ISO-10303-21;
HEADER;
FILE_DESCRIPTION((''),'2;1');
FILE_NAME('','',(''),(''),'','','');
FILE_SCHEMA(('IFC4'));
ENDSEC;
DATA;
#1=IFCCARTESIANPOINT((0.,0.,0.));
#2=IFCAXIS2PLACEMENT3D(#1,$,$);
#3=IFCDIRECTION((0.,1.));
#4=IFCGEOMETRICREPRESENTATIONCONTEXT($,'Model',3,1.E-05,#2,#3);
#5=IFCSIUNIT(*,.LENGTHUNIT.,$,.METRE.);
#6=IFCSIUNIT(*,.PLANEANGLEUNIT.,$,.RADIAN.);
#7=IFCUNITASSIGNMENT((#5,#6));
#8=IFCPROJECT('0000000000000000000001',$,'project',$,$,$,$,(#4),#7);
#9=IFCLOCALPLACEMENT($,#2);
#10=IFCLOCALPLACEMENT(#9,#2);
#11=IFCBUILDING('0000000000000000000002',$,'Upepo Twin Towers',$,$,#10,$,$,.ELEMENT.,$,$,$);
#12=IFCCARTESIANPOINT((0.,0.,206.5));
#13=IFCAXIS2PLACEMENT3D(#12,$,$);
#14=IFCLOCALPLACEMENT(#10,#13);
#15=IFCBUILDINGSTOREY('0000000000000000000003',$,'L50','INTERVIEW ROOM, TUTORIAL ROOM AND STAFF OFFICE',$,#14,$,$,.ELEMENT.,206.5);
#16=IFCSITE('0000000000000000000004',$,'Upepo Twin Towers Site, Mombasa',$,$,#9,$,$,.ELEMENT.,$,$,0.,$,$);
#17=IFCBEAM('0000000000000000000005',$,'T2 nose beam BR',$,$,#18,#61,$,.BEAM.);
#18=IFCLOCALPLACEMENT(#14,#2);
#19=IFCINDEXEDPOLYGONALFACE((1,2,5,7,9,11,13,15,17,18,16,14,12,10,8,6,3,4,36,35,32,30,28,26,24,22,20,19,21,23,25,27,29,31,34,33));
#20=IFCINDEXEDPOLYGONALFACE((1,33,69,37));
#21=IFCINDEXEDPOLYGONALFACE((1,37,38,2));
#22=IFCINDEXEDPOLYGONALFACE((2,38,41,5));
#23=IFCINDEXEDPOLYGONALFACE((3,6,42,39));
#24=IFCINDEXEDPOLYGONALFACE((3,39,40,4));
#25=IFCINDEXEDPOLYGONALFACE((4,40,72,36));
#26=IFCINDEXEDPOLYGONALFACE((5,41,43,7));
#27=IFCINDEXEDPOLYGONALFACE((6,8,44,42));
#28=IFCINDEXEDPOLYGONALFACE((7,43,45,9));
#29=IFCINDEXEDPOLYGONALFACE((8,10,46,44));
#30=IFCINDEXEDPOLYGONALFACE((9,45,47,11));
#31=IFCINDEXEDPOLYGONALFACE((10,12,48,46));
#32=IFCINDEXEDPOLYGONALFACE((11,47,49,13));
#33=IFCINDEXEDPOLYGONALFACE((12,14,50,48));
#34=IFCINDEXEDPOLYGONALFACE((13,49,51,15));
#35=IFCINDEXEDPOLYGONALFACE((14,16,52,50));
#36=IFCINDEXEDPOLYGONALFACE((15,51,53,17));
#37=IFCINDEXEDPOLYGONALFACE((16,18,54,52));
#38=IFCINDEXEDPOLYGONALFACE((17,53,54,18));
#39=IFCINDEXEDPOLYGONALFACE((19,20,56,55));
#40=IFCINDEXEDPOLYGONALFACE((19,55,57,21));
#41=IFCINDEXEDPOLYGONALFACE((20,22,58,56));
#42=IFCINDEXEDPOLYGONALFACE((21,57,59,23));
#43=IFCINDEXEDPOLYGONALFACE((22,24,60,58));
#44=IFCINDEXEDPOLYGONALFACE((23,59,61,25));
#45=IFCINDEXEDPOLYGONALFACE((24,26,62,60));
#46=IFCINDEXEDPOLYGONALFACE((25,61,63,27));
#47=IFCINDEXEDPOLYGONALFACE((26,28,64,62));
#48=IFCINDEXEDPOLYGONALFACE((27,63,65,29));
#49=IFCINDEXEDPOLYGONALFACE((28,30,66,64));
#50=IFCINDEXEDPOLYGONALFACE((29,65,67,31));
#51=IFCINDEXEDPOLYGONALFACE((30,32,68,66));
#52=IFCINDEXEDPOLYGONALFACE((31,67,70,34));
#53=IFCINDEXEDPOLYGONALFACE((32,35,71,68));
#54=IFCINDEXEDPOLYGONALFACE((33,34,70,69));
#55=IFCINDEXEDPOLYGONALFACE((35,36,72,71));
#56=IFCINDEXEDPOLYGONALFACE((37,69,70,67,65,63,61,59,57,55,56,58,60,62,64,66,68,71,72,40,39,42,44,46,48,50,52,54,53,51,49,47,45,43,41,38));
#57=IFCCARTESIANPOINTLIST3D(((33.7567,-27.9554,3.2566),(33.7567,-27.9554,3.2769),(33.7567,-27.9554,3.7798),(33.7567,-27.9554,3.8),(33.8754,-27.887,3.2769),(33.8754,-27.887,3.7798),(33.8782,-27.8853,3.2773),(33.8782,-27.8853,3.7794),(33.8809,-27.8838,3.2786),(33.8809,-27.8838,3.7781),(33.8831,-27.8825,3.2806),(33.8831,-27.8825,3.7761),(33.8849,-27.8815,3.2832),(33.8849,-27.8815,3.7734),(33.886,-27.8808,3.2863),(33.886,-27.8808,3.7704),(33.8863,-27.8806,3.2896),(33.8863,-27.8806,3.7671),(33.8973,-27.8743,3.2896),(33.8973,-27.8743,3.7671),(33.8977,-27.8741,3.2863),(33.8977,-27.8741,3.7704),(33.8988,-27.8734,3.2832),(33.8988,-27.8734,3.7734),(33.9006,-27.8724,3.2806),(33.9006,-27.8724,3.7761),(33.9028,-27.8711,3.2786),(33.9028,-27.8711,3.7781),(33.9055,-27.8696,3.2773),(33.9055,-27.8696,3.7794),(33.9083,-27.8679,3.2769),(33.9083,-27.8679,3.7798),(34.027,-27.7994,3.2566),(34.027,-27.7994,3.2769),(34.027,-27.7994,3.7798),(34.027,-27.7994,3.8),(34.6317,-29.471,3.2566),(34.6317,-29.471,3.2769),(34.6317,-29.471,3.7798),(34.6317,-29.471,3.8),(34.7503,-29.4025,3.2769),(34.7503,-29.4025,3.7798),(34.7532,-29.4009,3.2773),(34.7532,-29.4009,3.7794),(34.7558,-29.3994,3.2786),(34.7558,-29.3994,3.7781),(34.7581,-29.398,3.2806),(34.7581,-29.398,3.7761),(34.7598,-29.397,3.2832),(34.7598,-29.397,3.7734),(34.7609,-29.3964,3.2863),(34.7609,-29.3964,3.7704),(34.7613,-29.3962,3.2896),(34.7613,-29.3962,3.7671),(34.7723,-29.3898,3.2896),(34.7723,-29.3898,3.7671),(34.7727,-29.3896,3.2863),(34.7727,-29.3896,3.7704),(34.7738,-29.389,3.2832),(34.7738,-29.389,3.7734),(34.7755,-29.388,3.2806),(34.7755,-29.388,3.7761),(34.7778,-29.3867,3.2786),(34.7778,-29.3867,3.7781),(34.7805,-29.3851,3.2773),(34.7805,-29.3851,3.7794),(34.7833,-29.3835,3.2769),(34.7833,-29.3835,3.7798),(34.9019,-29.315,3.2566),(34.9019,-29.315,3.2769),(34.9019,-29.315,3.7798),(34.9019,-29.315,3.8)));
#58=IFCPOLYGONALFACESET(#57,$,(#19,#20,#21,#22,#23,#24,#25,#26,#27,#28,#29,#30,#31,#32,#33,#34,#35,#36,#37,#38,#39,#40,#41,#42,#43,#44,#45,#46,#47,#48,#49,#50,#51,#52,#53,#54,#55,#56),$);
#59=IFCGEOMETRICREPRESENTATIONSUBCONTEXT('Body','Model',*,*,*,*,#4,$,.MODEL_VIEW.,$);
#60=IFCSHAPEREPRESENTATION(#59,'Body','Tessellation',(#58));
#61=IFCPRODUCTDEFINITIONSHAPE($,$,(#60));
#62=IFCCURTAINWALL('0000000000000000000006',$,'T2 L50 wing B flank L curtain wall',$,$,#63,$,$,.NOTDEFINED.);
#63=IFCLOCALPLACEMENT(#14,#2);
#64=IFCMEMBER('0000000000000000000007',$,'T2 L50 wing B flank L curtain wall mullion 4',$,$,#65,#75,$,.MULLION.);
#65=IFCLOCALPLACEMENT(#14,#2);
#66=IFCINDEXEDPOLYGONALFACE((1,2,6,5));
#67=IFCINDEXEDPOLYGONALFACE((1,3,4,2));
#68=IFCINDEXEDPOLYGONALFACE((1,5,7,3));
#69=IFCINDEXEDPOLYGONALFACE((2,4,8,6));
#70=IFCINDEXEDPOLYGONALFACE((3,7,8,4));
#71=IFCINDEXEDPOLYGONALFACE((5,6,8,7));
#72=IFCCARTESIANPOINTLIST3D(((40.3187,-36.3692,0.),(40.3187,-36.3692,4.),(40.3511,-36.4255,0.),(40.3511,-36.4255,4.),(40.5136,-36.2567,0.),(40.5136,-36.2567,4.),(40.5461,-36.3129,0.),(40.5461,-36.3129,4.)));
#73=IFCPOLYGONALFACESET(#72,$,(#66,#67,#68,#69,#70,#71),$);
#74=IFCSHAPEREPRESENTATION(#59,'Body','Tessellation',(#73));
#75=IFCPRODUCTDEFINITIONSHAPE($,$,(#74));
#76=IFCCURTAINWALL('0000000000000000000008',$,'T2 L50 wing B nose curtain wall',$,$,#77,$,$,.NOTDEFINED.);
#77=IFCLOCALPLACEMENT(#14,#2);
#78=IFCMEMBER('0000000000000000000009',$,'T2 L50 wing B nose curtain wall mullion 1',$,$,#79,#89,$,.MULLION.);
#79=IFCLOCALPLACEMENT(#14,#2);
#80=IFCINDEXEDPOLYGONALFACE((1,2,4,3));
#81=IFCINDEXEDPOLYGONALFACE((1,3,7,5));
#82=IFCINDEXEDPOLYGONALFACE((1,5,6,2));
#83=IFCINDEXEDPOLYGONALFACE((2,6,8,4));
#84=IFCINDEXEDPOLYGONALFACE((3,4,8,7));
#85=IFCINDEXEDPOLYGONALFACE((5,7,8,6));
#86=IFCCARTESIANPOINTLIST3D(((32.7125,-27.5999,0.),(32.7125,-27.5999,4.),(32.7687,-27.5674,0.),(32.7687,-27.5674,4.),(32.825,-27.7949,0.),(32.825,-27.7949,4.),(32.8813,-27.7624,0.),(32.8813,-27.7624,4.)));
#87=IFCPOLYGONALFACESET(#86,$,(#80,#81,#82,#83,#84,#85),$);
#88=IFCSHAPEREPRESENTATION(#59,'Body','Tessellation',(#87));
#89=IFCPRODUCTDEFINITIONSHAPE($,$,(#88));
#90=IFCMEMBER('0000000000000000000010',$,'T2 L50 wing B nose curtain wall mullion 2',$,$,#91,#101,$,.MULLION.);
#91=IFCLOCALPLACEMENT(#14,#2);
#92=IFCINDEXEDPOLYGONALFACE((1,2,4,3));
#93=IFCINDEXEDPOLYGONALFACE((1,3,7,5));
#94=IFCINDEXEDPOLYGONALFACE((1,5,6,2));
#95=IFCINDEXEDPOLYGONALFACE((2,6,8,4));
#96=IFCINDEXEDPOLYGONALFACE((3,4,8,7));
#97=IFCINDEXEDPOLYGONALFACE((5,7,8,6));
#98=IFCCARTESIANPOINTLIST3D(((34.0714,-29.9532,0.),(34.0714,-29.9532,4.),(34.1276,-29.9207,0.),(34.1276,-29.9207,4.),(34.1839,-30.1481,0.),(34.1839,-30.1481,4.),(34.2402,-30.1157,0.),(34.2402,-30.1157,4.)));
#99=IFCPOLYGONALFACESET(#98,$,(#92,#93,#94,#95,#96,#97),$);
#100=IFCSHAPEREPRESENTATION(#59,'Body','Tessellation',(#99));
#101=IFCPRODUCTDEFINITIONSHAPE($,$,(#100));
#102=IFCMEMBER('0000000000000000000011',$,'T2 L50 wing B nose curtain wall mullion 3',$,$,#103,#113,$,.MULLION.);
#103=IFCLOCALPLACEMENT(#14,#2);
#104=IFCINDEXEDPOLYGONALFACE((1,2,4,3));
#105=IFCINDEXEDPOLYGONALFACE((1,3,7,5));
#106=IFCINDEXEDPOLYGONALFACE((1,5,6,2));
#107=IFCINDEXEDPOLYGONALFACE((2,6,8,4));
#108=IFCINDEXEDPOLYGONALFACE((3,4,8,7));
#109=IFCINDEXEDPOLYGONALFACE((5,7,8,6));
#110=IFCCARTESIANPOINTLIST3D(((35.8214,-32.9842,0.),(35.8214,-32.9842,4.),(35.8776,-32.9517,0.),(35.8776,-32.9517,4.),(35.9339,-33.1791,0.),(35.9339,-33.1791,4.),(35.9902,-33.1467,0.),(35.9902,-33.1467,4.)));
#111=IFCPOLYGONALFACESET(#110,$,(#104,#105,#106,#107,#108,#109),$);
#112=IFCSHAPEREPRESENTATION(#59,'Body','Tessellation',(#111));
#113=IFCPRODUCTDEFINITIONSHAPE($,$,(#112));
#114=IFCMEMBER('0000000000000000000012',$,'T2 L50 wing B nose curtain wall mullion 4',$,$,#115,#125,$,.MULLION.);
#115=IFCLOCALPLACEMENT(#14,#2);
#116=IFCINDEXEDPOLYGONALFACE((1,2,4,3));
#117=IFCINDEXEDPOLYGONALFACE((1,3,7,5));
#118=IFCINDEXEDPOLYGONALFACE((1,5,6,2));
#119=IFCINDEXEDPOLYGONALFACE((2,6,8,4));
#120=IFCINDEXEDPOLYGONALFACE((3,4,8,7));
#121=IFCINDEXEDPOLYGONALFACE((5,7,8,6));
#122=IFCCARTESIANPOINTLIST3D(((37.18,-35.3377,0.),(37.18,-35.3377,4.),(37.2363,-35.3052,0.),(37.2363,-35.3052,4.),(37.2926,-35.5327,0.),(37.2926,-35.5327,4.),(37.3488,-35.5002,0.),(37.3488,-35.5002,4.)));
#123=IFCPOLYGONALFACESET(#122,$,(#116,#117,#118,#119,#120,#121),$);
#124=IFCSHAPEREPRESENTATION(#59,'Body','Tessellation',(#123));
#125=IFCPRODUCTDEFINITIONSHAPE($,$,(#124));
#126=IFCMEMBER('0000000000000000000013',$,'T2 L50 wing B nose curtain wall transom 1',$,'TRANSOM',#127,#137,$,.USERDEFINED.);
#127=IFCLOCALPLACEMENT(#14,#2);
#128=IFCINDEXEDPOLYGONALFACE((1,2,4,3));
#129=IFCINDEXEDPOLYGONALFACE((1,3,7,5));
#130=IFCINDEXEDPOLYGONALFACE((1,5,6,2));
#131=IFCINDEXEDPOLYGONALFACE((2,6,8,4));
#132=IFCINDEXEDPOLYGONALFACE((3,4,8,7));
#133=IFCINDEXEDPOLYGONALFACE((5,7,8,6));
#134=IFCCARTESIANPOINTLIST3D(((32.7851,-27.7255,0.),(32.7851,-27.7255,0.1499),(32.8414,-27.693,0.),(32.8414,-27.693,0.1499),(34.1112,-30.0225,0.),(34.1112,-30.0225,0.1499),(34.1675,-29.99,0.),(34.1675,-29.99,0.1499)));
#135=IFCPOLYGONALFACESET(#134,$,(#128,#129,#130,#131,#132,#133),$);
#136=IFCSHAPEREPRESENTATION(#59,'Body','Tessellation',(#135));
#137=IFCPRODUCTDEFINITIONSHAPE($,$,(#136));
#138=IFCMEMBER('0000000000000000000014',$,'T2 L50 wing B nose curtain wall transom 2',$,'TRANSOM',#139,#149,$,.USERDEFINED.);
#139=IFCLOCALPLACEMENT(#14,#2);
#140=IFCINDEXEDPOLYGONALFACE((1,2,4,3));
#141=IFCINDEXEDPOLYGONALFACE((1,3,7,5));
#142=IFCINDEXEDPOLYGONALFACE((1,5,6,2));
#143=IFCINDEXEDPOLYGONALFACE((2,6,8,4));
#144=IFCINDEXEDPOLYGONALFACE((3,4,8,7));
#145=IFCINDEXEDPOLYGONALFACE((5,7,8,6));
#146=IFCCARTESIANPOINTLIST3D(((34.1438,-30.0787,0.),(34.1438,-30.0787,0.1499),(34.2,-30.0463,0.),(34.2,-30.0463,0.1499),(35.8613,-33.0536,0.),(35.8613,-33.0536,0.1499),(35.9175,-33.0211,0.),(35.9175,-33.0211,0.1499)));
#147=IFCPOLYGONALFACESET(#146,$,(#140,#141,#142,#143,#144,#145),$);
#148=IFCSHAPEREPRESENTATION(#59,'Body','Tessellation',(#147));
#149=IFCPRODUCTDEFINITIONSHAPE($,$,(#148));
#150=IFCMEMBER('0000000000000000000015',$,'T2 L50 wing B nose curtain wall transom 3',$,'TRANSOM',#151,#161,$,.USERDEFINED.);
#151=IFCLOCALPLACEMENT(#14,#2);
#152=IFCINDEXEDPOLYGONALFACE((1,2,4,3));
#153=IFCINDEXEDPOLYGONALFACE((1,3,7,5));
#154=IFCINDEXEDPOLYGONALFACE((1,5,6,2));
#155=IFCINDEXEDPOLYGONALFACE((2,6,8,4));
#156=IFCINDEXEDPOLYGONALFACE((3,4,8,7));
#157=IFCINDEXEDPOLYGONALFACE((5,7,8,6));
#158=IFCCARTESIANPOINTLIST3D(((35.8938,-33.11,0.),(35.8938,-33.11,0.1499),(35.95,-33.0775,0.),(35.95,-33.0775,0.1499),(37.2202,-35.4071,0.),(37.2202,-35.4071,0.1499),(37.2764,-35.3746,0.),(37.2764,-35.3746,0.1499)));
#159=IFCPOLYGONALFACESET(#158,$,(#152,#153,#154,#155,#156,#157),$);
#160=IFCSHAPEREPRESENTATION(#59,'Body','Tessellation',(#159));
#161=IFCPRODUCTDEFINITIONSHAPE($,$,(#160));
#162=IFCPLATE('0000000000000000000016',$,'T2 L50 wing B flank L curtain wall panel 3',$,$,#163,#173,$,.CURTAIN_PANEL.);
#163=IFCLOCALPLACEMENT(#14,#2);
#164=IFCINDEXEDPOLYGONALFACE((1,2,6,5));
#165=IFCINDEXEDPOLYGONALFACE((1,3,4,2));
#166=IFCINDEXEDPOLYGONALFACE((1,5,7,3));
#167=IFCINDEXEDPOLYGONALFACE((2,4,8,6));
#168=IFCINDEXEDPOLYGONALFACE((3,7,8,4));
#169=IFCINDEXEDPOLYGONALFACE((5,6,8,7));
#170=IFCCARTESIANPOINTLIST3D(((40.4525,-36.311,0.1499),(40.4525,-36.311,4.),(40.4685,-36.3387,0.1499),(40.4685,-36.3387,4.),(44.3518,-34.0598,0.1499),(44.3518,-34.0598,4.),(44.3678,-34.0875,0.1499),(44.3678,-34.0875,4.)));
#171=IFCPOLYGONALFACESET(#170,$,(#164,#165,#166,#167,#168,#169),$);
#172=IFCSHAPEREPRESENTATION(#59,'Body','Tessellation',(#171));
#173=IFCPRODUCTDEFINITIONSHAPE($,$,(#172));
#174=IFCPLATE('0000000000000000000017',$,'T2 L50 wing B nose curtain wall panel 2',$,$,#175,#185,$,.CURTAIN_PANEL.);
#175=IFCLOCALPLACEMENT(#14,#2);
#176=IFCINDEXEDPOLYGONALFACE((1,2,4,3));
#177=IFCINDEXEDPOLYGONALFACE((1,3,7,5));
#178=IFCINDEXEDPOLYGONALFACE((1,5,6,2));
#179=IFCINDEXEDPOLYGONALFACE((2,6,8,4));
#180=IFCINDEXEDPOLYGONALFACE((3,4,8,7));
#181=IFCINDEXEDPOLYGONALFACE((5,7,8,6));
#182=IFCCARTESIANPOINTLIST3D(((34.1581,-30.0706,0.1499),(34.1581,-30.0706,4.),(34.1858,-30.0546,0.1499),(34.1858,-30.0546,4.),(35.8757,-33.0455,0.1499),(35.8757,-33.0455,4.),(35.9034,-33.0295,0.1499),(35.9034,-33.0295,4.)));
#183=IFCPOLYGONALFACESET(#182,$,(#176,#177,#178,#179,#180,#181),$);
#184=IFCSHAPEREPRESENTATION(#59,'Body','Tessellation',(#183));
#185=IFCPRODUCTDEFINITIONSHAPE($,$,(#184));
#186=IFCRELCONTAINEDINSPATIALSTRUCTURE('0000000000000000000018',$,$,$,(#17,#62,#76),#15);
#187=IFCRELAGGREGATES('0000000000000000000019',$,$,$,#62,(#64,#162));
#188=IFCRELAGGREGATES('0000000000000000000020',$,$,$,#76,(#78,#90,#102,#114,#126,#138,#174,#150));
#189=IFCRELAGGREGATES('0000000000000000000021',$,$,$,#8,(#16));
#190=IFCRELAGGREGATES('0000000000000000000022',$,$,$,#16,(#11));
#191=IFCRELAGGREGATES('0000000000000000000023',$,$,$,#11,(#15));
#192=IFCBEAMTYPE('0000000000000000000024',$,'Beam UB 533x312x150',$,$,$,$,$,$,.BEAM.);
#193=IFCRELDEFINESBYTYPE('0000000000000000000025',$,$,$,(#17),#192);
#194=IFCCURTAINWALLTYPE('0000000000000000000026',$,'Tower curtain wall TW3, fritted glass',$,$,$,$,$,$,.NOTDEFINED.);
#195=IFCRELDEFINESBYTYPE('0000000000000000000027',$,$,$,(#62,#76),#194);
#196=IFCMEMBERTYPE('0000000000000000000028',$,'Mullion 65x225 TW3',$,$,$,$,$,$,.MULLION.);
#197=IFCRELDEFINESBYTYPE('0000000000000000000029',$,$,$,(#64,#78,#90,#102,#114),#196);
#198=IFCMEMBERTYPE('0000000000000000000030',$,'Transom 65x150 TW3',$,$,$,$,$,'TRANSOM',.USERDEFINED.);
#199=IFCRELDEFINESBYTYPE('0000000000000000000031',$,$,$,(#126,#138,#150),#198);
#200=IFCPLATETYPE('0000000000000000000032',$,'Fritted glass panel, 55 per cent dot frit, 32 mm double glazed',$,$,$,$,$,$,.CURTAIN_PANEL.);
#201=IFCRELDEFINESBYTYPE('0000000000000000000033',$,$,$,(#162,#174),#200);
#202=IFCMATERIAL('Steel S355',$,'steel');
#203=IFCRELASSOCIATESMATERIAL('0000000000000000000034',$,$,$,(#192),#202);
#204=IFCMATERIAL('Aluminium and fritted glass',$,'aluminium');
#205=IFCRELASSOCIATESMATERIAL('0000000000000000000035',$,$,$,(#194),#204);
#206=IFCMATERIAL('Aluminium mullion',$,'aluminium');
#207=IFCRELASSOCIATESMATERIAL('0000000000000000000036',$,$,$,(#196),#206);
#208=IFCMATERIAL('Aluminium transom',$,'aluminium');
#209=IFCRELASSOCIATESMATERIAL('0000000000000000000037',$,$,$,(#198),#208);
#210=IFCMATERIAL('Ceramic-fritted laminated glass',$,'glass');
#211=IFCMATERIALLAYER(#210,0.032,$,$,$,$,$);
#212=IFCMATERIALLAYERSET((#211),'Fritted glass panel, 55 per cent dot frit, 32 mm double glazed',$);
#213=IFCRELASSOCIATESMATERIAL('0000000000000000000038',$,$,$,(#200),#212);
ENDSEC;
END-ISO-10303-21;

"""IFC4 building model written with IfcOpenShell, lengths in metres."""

from ifc_helpers import new_model, si_unit, direction, frame, origin, origin_2d, place, context, subcontext, project, spatial, rectangle, i_section, extrude, material, layer, layer_set, material_profile, profile_set, type_object, element, aggregate, save


model = new_model("IFC4")

# Units and contexts
model_context = context("Model", 3, precision=1e-05, world=origin(), true_north=direction((0.0, 1.0)))
body_context = subcontext(model_context, "Body", "Model", "MODEL_VIEW")
ifc_project = project(units=[si_unit("LENGTHUNIT", "METRE"), si_unit("PLANEANGLEUNIT", "RADIAN")], contexts=[model_context])

# Site, building, storey
site_placement = place(None, origin())
site = spatial("IfcSite", under=ifc_project, at=site_placement, Name="Upepo Twin Towers Site, Mombasa", CompositionType="ELEMENT", RefElevation=0.0)
building_placement = place(site_placement, origin())
building = spatial("IfcBuilding", under=site, at=building_placement, Name="Upepo Twin Towers", CompositionType="ELEMENT")
storey_placement = place(building_placement, frame((0.0, 0.0, 206.5)))
storey = spatial("IfcBuildingStorey", under=building, at=storey_placement, Name="L50", Description="INTERVIEW ROOM, TUTORIAL ROOM AND STAFF OFFICE", CompositionType="ELEMENT", Elevation=206.5)

# Beam
ifc_material_1 = material(Name="Steel S355", Category="steel")
ifc_material_profile_1 = material_profile(ifc_material_1, i_section(OverallWidth=0.312, OverallDepth=0.5435, WebThickness=0.0127, FlangeThickness=0.0203, FilletRadius=0.0127, at=origin_2d()), Name="UB 533x312x150")
ifc_profile_set_1 = profile_set([ifc_material_profile_1], Name="Steel S355")
beam_type_1 = type_object("IfcBeamType", Name="Beam UB 533x312x150", PredefinedType="BEAM", material=ifc_profile_set_1)
for number, where, z_axis, x_axis, name in (
    (1, (33.8918, -27.8774, 3.5283), (0.49998, -0.866037, 0.0), (0.866037, 0.49998, 0.0), "T2 nose beam BR"),
):
    element("IfcBeam", number, at=place(storey_placement, frame(where, z_axis=z_axis, x_axis=x_axis)), inside=storey, type_object=beam_type_1, Name=name, PredefinedType="BEAM", context=body_context, shape_type="SweptSolid", body=[
        extrude(i_section(OverallWidth=0.312, OverallDepth=0.5435, WebThickness=0.0127, FlangeThickness=0.0203, FilletRadius=0.0127, at=origin_2d()), origin(), (0.0, 0.0, 1.0), 1.75),
    ])

# Curtain wall, member
ifc_material_2 = material(Name="Aluminium and fritted glass", Category="aluminium")
curtain_wall_type = type_object("IfcCurtainWallType", Name="Tower curtain wall TW3, fritted glass", PredefinedType="NOTDEFINED", material=ifc_material_2)
curtain_wall_1_placement = place(storey_placement, origin())
curtain_wall_1 = element("IfcCurtainWall", 2, at=curtain_wall_1_placement, inside=storey, type_object=curtain_wall_type, Name="T2 L50 wing B flank L curtain wall", PredefinedType="NOTDEFINED")
ifc_material_3 = material(Name="Aluminium mullion", Category="aluminium")
ifc_material_profile_2 = material_profile(ifc_material_3, rectangle(XDim=0.0649, YDim=0.2251, at=origin_2d()), Name="MULLION 65x225")
ifc_profile_set_2 = profile_set([ifc_material_profile_2], Name="Aluminium mullion")
member_type_1 = type_object("IfcMemberType", Name="Mullion 65x225 TW3", PredefinedType="MULLION", material=ifc_profile_set_2)
member_1_placement = place(storey_placement, frame((40.4324, -36.3411, 0.0), z_axis=(0.0, 0.0, 1.0), x_axis=(0.5, -0.866025, 0.0)))
member_1 = element("IfcMember", 3, at=member_1_placement, type_object=member_type_1, Name="T2 L50 wing B flank L curtain wall mullion 4", PredefinedType="MULLION", context=body_context, shape_type="SweptSolid", body=[
    extrude(rectangle(XDim=0.0649, YDim=0.2251, at=origin_2d()), origin(), (0.0, 0.0, 1.0), 4.0),
])

# Curtain wall, members
curtain_wall_2_placement = place(storey_placement, origin())
curtain_wall_2 = element("IfcCurtainWall", 4, at=curtain_wall_2_placement, inside=storey, type_object=curtain_wall_type, Name="T2 L50 wing B nose curtain wall", PredefinedType="NOTDEFINED")
member_2_placement = place(storey_placement, frame((32.7969, -27.6812, 0.0), z_axis=(0.0, 0.0, 1.0), x_axis=(0.866025, 0.5, 0.0)))
member_2 = element("IfcMember", 5, at=member_2_placement, type_object=member_type_1, Name="T2 L50 wing B nose curtain wall mullion 1", PredefinedType="MULLION", context=body_context, shape_type="SweptSolid", body=[
    extrude(rectangle(XDim=0.0649, YDim=0.2251, at=origin_2d()), origin(), (0.0, 0.0, 1.0), 4.0),
])
member_3_placement = place(storey_placement, frame((34.1558, -30.0344, 0.0), z_axis=(0.0, 0.0, 1.0), x_axis=(0.866025, 0.5, 0.0)))
member_3 = element("IfcMember", 6, at=member_3_placement, type_object=member_type_1, Name="T2 L50 wing B nose curtain wall mullion 2", PredefinedType="MULLION", context=body_context, shape_type="SweptSolid", body=[
    extrude(rectangle(XDim=0.0649, YDim=0.2251, at=origin_2d()), origin(), (0.0, 0.0, 1.0), 4.0),
])
member_4_placement = place(storey_placement, frame((35.9058, -33.0654, 0.0), z_axis=(0.0, 0.0, 1.0), x_axis=(0.866025, 0.5, 0.0)))
member_4 = element("IfcMember", 7, at=member_4_placement, type_object=member_type_1, Name="T2 L50 wing B nose curtain wall mullion 3", PredefinedType="MULLION", context=body_context, shape_type="SweptSolid", body=[
    extrude(rectangle(XDim=0.0649, YDim=0.2251, at=origin_2d()), origin(), (0.0, 0.0, 1.0), 4.0),
])
member_5_placement = place(storey_placement, frame((37.2644, -35.4189, 0.0), z_axis=(0.0, 0.0, 1.0), x_axis=(0.866025, 0.5, 0.0)))
member_5 = element("IfcMember", 8, at=member_5_placement, type_object=member_type_1, Name="T2 L50 wing B nose curtain wall mullion 4", PredefinedType="MULLION", context=body_context, shape_type="SweptSolid", body=[
    extrude(rectangle(XDim=0.0649, YDim=0.2251, at=origin_2d()), origin(), (0.0, 0.0, 1.0), 4.0),
])
ifc_material_4 = material(Name="Aluminium transom", Category="aluminium")
ifc_material_profile_3 = material_profile(ifc_material_4, rectangle(XDim=0.0649, YDim=0.1499, at=origin_2d()), Name="TRANSOM 65x150")
ifc_profile_set_3 = profile_set([ifc_material_profile_3], Name="Aluminium transom")
member_type_2 = type_object("IfcMemberType", Name="Transom 65x150 TW3", ElementType="TRANSOM", PredefinedType="USERDEFINED", material=ifc_profile_set_3)
member_6_placement = place(storey_placement, frame((32.8132, -27.7092, 0.075), z_axis=(0.49998, -0.866037, 0.0), x_axis=(0.866037, 0.49998, 0.0)))
member_6 = element("IfcMember", 9, at=member_6_placement, type_object=member_type_2, Name="T2 L50 wing B nose curtain wall transom 1", ObjectType="TRANSOM", PredefinedType="USERDEFINED", context=body_context, shape_type="SweptSolid", body=[
    extrude(rectangle(XDim=0.0649, YDim=0.1499, at=origin_2d()), origin(), (0.0, 0.0, 1.0), 2.6523),
])
member_7_placement = place(storey_placement, frame((34.1719, -30.0625, 0.075), z_axis=(0.499999, -0.866026, 0.0), x_axis=(0.866026, 0.499999, 0.0)))
member_7 = element("IfcMember", 10, at=member_7_placement, type_object=member_type_2, Name="T2 L50 wing B nose curtain wall transom 2", ObjectType="TRANSOM", PredefinedType="USERDEFINED", context=body_context, shape_type="SweptSolid", body=[
    extrude(rectangle(XDim=0.0649, YDim=0.1499, at=origin_2d()), origin(), (0.0, 0.0, 1.0), 3.4351),
])
member_8_placement = place(storey_placement, frame((35.9219, -33.0938, 0.075), z_axis=(0.500049, -0.865997, 0.0), x_axis=(0.865997, 0.500049, 0.0)))
member_8 = element("IfcMember", 11, at=member_8_placement, type_object=member_type_2, Name="T2 L50 wing B nose curtain wall transom 3", ObjectType="TRANSOM", PredefinedType="USERDEFINED", context=body_context, shape_type="SweptSolid", body=[
    extrude(rectangle(XDim=0.0649, YDim=0.1499, at=origin_2d()), origin(), (0.0, 0.0, 1.0), 2.6526),
])

# Plates
ifc_material_5 = material(Name="Ceramic-fritted laminated glass", Category="glass")
ifc_layer_1 = layer(ifc_material_5, 0.032)
ifc_layer_set_1 = layer_set([ifc_layer_1], Name="Fritted glass panel, 55 per cent dot frit, 32 mm double glazed")
plate_type_1 = type_object("IfcPlateType", Name="Fritted glass panel, 55 per cent dot frit, 32 mm double glazed", PredefinedType="CURTAIN_PANEL", material=ifc_layer_set_1)
plate_1_placement = place(storey_placement, frame((42.4102, -35.1992, 0.1499), z_axis=(0.0, 0.0, 1.0), x_axis=(-0.866025, -0.5, 0.0)))
plate_1 = element("IfcPlate", 12, at=plate_1_placement, type_object=plate_type_1, Name="T2 L50 wing B flank L curtain wall panel 3", PredefinedType="CURTAIN_PANEL", context=body_context, shape_type="SweptSolid", body=[
    extrude(rectangle(XDim=4.5024, YDim=0.032, at=origin_2d()), origin(), (0.0, 0.0, 1.0), 3.8501),
])
aggregate(curtain_wall_1, [member_1, plate_1])
plate_2_placement = place(storey_placement, frame((35.0308, -31.55, 0.1499), z_axis=(0.0, 0.0, 1.0), x_axis=(0.5, -0.866025, 0.0)))
plate_2 = element("IfcPlate", 13, at=plate_2_placement, type_object=plate_type_1, Name="T2 L50 wing B nose curtain wall panel 2", PredefinedType="CURTAIN_PANEL", context=body_context, shape_type="SweptSolid", body=[
    extrude(rectangle(XDim=3.4351, YDim=0.032, at=origin_2d()), origin(), (0.0, 0.0, 1.0), 3.8501),
])
aggregate(curtain_wall_2, [member_2, member_3, member_4, member_5, member_6, member_7, plate_2, member_8])

save(model, "model.ifc")
